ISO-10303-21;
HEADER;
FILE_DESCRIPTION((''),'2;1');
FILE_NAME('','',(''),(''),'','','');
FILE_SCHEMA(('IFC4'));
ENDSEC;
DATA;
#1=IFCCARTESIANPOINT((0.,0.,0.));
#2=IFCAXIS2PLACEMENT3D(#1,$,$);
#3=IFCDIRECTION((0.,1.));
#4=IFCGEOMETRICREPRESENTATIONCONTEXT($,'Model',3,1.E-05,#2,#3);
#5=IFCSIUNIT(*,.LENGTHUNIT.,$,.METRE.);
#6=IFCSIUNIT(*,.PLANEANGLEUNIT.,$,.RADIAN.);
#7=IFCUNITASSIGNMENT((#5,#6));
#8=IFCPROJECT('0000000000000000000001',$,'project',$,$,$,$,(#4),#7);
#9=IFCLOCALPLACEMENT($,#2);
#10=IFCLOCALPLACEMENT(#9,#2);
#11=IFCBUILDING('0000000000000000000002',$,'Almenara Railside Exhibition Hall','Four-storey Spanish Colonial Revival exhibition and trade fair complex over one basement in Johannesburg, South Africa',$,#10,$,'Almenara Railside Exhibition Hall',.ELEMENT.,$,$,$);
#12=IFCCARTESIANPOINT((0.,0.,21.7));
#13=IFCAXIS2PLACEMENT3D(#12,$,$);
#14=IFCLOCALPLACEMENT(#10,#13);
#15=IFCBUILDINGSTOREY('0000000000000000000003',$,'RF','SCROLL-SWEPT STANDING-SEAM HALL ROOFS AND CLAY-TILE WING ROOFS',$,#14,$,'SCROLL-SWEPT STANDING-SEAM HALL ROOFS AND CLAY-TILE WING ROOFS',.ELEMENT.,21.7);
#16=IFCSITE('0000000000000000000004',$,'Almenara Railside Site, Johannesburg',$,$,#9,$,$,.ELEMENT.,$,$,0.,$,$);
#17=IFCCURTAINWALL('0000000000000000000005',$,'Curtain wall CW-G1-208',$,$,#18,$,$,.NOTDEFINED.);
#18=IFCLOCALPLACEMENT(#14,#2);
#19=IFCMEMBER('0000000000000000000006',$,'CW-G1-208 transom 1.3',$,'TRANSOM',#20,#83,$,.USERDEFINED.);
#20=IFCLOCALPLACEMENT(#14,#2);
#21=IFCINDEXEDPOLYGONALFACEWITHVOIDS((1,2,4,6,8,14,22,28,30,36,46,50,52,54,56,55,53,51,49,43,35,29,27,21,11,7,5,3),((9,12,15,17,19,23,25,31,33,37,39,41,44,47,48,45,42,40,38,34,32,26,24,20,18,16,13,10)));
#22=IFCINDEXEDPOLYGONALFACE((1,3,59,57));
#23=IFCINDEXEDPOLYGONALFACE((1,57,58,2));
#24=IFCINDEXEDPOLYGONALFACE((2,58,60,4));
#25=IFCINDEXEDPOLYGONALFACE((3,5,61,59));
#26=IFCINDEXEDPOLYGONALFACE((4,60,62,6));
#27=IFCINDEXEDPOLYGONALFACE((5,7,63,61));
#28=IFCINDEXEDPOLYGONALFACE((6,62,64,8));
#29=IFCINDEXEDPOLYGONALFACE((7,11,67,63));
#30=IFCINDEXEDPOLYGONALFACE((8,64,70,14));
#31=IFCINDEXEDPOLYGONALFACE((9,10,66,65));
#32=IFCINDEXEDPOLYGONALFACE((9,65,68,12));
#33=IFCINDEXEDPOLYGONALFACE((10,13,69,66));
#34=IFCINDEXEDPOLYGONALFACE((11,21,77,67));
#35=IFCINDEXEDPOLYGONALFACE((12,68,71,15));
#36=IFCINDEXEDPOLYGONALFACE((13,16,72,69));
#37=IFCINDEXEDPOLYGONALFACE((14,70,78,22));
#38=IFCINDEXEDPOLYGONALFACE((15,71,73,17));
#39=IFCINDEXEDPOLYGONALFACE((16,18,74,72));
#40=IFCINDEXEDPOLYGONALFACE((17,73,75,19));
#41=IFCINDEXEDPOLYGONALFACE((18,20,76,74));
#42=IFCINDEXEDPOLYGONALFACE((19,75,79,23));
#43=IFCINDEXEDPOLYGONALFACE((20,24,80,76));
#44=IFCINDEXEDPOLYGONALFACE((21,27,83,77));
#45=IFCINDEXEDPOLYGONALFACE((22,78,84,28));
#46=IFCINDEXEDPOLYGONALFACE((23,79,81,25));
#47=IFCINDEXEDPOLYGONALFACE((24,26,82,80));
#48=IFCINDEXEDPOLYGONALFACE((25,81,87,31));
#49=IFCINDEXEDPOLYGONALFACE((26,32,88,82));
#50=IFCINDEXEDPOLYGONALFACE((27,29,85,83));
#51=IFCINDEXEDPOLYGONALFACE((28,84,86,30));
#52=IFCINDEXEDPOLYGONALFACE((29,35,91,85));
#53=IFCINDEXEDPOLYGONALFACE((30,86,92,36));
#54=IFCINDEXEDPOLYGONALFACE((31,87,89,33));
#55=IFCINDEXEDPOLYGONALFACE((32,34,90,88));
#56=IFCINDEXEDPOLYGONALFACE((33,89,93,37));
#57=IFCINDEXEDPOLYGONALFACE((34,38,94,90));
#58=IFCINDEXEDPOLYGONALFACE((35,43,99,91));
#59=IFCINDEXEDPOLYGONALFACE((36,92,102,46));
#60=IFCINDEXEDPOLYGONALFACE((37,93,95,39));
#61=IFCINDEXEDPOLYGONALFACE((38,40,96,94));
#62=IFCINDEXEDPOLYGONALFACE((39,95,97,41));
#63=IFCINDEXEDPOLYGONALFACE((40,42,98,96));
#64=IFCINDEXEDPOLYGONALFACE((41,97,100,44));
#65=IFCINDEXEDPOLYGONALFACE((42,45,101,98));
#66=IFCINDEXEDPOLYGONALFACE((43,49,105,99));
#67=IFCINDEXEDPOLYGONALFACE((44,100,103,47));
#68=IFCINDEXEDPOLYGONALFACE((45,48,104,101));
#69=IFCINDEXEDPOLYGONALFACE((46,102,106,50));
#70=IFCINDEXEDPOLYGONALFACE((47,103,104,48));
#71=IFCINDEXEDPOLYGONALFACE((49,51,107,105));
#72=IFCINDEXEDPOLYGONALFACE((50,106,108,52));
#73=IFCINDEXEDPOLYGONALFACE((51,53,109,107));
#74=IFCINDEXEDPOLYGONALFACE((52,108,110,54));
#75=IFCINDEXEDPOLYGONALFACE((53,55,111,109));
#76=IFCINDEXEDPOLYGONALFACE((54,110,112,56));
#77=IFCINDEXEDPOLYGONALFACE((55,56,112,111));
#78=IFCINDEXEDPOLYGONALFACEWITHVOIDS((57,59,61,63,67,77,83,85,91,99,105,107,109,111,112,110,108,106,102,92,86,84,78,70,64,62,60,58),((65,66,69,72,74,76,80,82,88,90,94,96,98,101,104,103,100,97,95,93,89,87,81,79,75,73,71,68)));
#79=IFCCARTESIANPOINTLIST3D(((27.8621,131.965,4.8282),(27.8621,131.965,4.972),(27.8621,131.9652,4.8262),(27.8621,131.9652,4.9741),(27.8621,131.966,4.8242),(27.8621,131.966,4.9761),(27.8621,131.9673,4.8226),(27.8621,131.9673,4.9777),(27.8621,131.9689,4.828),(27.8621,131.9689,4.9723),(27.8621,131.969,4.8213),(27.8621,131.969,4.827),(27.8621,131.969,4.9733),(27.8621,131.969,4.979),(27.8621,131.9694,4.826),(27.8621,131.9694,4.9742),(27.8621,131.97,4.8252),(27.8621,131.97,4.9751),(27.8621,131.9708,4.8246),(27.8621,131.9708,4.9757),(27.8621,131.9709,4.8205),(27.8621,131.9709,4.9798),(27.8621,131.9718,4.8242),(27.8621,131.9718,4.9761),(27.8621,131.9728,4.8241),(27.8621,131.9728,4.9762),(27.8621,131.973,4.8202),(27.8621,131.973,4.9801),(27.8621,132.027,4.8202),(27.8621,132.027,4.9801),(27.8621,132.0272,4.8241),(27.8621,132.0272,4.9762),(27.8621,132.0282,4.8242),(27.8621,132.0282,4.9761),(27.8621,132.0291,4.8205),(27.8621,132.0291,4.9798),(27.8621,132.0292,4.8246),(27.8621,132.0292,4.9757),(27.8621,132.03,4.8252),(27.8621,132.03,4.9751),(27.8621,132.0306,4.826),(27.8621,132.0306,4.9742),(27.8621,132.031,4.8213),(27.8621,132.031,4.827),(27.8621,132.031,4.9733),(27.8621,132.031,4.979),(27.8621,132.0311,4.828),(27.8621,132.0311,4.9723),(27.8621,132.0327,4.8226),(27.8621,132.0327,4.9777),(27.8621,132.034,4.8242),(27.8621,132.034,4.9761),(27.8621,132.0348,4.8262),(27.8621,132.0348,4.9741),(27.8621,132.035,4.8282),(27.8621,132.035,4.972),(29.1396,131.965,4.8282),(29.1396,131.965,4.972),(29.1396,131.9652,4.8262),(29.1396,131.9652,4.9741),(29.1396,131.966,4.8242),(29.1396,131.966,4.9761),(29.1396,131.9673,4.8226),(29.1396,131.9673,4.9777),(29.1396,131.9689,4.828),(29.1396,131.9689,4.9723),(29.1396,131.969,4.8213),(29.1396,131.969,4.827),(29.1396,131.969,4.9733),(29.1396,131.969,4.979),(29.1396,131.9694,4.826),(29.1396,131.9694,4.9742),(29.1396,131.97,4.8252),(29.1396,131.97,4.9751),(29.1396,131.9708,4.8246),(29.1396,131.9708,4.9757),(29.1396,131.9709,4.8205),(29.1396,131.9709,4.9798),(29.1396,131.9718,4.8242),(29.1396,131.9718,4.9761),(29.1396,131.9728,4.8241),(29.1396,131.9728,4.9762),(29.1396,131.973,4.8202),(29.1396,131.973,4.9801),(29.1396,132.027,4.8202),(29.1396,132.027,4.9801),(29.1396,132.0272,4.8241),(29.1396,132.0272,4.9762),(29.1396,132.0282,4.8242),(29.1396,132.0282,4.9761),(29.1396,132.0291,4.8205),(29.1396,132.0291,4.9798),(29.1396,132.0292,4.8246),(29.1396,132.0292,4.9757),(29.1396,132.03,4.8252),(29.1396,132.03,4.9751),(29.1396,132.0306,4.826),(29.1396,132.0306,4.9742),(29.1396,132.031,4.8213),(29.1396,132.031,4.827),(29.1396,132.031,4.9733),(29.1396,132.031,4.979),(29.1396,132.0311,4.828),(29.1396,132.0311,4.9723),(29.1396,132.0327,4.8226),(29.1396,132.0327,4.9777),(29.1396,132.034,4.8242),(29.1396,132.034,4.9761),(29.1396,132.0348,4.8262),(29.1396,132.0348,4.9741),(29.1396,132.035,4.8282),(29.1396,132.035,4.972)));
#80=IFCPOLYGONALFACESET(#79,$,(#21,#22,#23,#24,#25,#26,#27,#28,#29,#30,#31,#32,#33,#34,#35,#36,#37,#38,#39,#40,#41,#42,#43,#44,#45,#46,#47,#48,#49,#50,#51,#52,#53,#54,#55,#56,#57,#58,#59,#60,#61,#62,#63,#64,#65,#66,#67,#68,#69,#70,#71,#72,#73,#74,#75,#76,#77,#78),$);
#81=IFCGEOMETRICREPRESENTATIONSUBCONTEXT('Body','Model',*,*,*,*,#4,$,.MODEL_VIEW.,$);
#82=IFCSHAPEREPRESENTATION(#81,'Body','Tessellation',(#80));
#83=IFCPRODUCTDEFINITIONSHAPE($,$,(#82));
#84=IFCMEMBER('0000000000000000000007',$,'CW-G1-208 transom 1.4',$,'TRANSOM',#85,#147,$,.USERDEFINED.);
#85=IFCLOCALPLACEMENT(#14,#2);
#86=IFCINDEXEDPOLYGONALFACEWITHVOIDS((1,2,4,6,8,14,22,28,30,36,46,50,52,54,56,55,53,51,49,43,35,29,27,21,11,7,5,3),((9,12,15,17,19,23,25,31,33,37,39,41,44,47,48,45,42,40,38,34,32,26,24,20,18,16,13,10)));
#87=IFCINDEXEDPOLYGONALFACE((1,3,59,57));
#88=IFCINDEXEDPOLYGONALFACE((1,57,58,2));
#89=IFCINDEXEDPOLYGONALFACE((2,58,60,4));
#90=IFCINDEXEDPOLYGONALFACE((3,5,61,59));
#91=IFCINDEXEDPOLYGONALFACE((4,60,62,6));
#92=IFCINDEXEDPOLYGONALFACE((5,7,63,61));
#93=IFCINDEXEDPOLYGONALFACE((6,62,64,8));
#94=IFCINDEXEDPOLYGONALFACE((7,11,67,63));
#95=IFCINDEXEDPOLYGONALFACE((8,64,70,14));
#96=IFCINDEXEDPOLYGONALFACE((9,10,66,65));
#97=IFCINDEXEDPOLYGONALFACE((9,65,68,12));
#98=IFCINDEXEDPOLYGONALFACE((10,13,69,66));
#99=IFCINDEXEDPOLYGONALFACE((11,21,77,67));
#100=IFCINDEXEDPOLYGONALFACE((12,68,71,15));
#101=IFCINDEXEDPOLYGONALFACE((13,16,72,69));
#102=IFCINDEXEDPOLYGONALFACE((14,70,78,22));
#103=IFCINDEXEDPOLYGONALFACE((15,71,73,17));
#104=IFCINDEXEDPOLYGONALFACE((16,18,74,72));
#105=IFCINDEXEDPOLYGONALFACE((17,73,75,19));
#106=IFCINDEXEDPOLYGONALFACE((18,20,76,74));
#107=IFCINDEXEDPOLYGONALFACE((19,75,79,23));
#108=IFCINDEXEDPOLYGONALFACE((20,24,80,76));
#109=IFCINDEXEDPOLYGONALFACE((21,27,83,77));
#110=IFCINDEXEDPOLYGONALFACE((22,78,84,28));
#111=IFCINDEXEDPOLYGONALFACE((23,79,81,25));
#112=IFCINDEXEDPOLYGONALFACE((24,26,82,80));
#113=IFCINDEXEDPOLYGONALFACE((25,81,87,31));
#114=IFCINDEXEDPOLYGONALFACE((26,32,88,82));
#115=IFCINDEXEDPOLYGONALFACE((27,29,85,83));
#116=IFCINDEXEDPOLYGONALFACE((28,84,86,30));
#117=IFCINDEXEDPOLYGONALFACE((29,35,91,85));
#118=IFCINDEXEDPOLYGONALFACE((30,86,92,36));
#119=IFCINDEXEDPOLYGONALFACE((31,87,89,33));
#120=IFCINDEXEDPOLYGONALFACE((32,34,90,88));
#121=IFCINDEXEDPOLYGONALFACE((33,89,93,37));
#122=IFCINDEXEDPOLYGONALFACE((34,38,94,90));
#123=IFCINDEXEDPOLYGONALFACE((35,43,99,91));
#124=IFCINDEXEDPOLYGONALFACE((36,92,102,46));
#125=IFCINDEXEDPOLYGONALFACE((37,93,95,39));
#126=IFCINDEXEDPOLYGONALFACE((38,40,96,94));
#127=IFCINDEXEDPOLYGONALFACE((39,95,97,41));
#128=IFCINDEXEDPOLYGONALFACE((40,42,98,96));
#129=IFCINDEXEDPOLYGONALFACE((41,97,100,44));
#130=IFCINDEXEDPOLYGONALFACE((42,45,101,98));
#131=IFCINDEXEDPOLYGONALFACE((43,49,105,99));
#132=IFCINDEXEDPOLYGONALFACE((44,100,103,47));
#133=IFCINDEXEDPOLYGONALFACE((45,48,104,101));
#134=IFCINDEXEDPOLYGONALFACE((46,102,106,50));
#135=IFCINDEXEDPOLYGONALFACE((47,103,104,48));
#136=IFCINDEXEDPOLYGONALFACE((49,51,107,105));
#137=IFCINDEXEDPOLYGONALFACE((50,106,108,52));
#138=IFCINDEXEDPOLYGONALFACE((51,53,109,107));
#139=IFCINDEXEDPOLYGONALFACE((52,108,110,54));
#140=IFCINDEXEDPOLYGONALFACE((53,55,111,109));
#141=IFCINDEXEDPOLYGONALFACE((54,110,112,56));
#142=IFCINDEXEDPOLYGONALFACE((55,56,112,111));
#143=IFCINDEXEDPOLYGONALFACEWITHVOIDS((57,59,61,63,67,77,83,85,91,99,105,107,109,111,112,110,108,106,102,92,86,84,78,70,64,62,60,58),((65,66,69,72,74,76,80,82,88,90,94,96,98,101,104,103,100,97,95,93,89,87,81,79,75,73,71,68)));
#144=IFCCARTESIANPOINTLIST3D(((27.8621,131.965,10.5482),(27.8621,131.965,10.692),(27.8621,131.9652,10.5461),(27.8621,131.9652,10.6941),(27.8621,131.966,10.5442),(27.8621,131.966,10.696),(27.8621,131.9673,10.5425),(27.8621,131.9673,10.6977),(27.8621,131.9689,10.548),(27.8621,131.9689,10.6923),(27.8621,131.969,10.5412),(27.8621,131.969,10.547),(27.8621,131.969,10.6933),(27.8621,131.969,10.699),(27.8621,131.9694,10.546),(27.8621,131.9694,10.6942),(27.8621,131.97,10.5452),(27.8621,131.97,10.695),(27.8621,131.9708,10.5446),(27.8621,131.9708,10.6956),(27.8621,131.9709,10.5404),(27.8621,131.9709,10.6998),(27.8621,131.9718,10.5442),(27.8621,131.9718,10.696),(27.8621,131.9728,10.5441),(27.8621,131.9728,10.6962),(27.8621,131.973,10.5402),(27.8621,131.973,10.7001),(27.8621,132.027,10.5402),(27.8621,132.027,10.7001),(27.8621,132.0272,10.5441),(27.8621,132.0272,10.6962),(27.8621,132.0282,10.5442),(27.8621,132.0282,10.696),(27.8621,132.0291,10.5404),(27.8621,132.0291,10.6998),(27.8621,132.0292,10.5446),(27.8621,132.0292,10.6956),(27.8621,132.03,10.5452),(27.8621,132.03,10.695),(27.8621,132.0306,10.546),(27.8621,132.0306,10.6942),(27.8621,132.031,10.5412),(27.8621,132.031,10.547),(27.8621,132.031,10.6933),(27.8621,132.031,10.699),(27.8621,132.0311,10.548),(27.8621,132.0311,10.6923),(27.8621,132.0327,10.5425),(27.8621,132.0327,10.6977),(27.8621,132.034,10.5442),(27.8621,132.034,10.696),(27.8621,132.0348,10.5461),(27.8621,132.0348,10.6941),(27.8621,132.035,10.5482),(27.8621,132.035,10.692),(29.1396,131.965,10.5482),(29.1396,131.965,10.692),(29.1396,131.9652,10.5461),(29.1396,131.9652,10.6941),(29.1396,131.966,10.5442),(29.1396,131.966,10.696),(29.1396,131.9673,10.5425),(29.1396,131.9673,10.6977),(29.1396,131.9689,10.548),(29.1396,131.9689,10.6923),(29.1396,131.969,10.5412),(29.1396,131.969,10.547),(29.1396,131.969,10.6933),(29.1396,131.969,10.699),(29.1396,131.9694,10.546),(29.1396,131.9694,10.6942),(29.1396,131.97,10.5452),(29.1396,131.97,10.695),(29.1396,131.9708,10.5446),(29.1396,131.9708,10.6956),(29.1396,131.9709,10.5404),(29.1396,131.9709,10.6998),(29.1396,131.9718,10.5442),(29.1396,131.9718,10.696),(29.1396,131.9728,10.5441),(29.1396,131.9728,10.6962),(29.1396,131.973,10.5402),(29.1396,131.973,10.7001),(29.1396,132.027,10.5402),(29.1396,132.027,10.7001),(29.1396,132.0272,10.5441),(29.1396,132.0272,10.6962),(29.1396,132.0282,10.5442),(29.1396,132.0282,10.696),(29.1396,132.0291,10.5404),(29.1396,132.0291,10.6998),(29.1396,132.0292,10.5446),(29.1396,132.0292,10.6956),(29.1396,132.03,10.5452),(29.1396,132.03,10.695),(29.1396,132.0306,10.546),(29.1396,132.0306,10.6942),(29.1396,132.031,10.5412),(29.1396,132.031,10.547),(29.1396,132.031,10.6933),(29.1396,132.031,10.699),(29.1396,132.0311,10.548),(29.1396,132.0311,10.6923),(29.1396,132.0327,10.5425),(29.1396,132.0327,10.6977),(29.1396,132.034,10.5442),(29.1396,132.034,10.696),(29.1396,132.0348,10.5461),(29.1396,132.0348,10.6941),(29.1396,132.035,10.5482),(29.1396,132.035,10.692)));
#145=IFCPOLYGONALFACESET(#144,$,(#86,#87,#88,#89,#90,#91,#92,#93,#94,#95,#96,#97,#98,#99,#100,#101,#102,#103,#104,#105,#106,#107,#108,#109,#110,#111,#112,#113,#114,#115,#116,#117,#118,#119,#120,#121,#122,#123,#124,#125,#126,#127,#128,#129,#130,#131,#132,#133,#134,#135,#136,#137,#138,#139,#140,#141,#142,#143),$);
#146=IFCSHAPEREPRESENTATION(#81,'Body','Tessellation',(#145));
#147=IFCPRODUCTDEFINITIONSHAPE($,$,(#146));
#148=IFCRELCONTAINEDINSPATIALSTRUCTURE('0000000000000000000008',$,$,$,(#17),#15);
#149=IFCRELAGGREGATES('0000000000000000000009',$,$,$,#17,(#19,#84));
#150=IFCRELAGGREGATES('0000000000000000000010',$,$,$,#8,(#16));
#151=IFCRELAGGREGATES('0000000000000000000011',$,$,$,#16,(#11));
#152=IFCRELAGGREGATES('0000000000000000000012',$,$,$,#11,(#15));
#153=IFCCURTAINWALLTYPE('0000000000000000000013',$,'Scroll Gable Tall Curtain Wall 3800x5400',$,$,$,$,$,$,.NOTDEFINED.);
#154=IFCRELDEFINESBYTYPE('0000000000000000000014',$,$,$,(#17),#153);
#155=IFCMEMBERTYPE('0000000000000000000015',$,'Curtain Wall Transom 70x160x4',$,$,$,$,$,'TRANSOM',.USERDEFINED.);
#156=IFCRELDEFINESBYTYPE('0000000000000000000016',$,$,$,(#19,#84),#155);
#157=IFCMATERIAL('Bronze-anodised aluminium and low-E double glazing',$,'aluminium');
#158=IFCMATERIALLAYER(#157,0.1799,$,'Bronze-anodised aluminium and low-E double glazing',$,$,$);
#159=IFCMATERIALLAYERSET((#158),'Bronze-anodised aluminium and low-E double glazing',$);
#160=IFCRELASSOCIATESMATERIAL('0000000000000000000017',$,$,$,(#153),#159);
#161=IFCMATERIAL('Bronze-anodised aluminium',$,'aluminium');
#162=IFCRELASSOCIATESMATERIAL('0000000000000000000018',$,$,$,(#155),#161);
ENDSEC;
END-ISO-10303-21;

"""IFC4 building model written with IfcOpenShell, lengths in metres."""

from ifc_helpers import new_model, si_unit, direction, frame, origin, origin_2d, place, context, subcontext, project, spatial, hollow_rectangle, extrude, material, layer, layer_set, material_profile, profile_set, type_object, element, aggregate, save


model = new_model("IFC4")

# Units and contexts
model_context = context("Model", 3, precision=1e-05, world=origin(), true_north=direction((0.0, 1.0)))
body_context = subcontext(model_context, "Body", "Model", "MODEL_VIEW")
ifc_project = project(units=[si_unit("LENGTHUNIT", "METRE"), si_unit("PLANEANGLEUNIT", "RADIAN")], contexts=[model_context])

# Site, building, storey
site_placement = place(None, origin())
site = spatial("IfcSite", under=ifc_project, at=site_placement, Name="Almenara Railside Site, Johannesburg", CompositionType="ELEMENT", RefElevation=0.0)
building_placement = place(site_placement, origin())
building = spatial("IfcBuilding", under=site, at=building_placement, Name="Almenara Railside Exhibition Hall", Description="Four-storey Spanish Colonial Revival exhibition and trade fair complex over one basement in Johannesburg, South Africa", LongName="Almenara Railside Exhibition Hall", CompositionType="ELEMENT")
storey_placement = place(building_placement, frame((0.0, 0.0, 21.7)))
storey = spatial("IfcBuildingStorey", under=building, at=storey_placement, Name="RF", Description="SCROLL-SWEPT STANDING-SEAM HALL ROOFS AND CLAY-TILE WING ROOFS", LongName="SCROLL-SWEPT STANDING-SEAM HALL ROOFS AND CLAY-TILE WING ROOFS", CompositionType="ELEMENT", Elevation=21.7)

# Shared definitions
ifc_material_1 = material(Name="Bronze-anodised aluminium and low-E double glazing", Category="aluminium")
ifc_layer_1 = layer(ifc_material_1, 0.1799, Name="Bronze-anodised aluminium and low-E double glazing")
ifc_layer_set_1 = layer_set([ifc_layer_1], Name="Bronze-anodised aluminium and low-E double glazing")
curtain_wall_type = type_object("IfcCurtainWallType", Name="Scroll Gable Tall Curtain Wall 3800x5400", PredefinedType="NOTDEFINED", material=ifc_layer_set_1)
ifc_material_2 = material(Name="Bronze-anodised aluminium", Category="aluminium")

# Curtain wall, members
curtain_wall_1_placement = place(storey_placement, origin())
curtain_wall_1 = element("IfcCurtainWall", 1, at=curtain_wall_1_placement, inside=storey, type_object=curtain_wall_type, Name="Curtain wall CW-G1-208", PredefinedType="NOTDEFINED")
ifc_material_profile_1 = material_profile(ifc_material_2, hollow_rectangle(XDim=0.0701, YDim=0.1599, WallThickness=0.0039, InnerFilletRadius=0.0039, OuterFilletRadius=0.0081, at=origin_2d()), Name="ALU-TRN 70x160x4")
ifc_profile_set_1 = profile_set([ifc_material_profile_1], Name="Bronze-anodised aluminium")
member_type_1 = type_object("IfcMemberType", Name="Curtain Wall Transom 70x160x4", ElementType="TRANSOM", PredefinedType="USERDEFINED", material=ifc_profile_set_1)
member_1_placement = place(storey_placement, frame((27.8621, 132.0, 4.9001), z_axis=(1.0, 0.0, 0.0), x_axis=(0.0, 1.0, 0.0)))
member_1 = element("IfcMember", 2, at=member_1_placement, type_object=member_type_1, Name="CW-G1-208 transom 1.3", ObjectType="TRANSOM", PredefinedType="USERDEFINED", context=body_context, shape_type="SweptSolid", body=[
    extrude(hollow_rectangle(XDim=0.0701, YDim=0.1599, WallThickness=0.0039, InnerFilletRadius=0.0039, OuterFilletRadius=0.0081, at=origin_2d()), origin(), (0.0, 0.0, 1.0), 1.2776),
])
member_2_placement = place(storey_placement, frame((27.8621, 132.0, 10.6201), z_axis=(1.0, 0.0, 0.0), x_axis=(0.0, 1.0, 0.0)))
member_2 = element("IfcMember", 3, at=member_2_placement, type_object=member_type_1, Name="CW-G1-208 transom 1.4", ObjectType="TRANSOM", PredefinedType="USERDEFINED", context=body_context, shape_type="SweptSolid", body=[
    extrude(hollow_rectangle(XDim=0.0701, YDim=0.1599, WallThickness=0.0039, InnerFilletRadius=0.0039, OuterFilletRadius=0.0081, at=origin_2d()), origin(), (0.0, 0.0, 1.0), 1.2776),
])

aggregate(curtain_wall_1, [member_1, member_2])

save(model, "model.ifc")
